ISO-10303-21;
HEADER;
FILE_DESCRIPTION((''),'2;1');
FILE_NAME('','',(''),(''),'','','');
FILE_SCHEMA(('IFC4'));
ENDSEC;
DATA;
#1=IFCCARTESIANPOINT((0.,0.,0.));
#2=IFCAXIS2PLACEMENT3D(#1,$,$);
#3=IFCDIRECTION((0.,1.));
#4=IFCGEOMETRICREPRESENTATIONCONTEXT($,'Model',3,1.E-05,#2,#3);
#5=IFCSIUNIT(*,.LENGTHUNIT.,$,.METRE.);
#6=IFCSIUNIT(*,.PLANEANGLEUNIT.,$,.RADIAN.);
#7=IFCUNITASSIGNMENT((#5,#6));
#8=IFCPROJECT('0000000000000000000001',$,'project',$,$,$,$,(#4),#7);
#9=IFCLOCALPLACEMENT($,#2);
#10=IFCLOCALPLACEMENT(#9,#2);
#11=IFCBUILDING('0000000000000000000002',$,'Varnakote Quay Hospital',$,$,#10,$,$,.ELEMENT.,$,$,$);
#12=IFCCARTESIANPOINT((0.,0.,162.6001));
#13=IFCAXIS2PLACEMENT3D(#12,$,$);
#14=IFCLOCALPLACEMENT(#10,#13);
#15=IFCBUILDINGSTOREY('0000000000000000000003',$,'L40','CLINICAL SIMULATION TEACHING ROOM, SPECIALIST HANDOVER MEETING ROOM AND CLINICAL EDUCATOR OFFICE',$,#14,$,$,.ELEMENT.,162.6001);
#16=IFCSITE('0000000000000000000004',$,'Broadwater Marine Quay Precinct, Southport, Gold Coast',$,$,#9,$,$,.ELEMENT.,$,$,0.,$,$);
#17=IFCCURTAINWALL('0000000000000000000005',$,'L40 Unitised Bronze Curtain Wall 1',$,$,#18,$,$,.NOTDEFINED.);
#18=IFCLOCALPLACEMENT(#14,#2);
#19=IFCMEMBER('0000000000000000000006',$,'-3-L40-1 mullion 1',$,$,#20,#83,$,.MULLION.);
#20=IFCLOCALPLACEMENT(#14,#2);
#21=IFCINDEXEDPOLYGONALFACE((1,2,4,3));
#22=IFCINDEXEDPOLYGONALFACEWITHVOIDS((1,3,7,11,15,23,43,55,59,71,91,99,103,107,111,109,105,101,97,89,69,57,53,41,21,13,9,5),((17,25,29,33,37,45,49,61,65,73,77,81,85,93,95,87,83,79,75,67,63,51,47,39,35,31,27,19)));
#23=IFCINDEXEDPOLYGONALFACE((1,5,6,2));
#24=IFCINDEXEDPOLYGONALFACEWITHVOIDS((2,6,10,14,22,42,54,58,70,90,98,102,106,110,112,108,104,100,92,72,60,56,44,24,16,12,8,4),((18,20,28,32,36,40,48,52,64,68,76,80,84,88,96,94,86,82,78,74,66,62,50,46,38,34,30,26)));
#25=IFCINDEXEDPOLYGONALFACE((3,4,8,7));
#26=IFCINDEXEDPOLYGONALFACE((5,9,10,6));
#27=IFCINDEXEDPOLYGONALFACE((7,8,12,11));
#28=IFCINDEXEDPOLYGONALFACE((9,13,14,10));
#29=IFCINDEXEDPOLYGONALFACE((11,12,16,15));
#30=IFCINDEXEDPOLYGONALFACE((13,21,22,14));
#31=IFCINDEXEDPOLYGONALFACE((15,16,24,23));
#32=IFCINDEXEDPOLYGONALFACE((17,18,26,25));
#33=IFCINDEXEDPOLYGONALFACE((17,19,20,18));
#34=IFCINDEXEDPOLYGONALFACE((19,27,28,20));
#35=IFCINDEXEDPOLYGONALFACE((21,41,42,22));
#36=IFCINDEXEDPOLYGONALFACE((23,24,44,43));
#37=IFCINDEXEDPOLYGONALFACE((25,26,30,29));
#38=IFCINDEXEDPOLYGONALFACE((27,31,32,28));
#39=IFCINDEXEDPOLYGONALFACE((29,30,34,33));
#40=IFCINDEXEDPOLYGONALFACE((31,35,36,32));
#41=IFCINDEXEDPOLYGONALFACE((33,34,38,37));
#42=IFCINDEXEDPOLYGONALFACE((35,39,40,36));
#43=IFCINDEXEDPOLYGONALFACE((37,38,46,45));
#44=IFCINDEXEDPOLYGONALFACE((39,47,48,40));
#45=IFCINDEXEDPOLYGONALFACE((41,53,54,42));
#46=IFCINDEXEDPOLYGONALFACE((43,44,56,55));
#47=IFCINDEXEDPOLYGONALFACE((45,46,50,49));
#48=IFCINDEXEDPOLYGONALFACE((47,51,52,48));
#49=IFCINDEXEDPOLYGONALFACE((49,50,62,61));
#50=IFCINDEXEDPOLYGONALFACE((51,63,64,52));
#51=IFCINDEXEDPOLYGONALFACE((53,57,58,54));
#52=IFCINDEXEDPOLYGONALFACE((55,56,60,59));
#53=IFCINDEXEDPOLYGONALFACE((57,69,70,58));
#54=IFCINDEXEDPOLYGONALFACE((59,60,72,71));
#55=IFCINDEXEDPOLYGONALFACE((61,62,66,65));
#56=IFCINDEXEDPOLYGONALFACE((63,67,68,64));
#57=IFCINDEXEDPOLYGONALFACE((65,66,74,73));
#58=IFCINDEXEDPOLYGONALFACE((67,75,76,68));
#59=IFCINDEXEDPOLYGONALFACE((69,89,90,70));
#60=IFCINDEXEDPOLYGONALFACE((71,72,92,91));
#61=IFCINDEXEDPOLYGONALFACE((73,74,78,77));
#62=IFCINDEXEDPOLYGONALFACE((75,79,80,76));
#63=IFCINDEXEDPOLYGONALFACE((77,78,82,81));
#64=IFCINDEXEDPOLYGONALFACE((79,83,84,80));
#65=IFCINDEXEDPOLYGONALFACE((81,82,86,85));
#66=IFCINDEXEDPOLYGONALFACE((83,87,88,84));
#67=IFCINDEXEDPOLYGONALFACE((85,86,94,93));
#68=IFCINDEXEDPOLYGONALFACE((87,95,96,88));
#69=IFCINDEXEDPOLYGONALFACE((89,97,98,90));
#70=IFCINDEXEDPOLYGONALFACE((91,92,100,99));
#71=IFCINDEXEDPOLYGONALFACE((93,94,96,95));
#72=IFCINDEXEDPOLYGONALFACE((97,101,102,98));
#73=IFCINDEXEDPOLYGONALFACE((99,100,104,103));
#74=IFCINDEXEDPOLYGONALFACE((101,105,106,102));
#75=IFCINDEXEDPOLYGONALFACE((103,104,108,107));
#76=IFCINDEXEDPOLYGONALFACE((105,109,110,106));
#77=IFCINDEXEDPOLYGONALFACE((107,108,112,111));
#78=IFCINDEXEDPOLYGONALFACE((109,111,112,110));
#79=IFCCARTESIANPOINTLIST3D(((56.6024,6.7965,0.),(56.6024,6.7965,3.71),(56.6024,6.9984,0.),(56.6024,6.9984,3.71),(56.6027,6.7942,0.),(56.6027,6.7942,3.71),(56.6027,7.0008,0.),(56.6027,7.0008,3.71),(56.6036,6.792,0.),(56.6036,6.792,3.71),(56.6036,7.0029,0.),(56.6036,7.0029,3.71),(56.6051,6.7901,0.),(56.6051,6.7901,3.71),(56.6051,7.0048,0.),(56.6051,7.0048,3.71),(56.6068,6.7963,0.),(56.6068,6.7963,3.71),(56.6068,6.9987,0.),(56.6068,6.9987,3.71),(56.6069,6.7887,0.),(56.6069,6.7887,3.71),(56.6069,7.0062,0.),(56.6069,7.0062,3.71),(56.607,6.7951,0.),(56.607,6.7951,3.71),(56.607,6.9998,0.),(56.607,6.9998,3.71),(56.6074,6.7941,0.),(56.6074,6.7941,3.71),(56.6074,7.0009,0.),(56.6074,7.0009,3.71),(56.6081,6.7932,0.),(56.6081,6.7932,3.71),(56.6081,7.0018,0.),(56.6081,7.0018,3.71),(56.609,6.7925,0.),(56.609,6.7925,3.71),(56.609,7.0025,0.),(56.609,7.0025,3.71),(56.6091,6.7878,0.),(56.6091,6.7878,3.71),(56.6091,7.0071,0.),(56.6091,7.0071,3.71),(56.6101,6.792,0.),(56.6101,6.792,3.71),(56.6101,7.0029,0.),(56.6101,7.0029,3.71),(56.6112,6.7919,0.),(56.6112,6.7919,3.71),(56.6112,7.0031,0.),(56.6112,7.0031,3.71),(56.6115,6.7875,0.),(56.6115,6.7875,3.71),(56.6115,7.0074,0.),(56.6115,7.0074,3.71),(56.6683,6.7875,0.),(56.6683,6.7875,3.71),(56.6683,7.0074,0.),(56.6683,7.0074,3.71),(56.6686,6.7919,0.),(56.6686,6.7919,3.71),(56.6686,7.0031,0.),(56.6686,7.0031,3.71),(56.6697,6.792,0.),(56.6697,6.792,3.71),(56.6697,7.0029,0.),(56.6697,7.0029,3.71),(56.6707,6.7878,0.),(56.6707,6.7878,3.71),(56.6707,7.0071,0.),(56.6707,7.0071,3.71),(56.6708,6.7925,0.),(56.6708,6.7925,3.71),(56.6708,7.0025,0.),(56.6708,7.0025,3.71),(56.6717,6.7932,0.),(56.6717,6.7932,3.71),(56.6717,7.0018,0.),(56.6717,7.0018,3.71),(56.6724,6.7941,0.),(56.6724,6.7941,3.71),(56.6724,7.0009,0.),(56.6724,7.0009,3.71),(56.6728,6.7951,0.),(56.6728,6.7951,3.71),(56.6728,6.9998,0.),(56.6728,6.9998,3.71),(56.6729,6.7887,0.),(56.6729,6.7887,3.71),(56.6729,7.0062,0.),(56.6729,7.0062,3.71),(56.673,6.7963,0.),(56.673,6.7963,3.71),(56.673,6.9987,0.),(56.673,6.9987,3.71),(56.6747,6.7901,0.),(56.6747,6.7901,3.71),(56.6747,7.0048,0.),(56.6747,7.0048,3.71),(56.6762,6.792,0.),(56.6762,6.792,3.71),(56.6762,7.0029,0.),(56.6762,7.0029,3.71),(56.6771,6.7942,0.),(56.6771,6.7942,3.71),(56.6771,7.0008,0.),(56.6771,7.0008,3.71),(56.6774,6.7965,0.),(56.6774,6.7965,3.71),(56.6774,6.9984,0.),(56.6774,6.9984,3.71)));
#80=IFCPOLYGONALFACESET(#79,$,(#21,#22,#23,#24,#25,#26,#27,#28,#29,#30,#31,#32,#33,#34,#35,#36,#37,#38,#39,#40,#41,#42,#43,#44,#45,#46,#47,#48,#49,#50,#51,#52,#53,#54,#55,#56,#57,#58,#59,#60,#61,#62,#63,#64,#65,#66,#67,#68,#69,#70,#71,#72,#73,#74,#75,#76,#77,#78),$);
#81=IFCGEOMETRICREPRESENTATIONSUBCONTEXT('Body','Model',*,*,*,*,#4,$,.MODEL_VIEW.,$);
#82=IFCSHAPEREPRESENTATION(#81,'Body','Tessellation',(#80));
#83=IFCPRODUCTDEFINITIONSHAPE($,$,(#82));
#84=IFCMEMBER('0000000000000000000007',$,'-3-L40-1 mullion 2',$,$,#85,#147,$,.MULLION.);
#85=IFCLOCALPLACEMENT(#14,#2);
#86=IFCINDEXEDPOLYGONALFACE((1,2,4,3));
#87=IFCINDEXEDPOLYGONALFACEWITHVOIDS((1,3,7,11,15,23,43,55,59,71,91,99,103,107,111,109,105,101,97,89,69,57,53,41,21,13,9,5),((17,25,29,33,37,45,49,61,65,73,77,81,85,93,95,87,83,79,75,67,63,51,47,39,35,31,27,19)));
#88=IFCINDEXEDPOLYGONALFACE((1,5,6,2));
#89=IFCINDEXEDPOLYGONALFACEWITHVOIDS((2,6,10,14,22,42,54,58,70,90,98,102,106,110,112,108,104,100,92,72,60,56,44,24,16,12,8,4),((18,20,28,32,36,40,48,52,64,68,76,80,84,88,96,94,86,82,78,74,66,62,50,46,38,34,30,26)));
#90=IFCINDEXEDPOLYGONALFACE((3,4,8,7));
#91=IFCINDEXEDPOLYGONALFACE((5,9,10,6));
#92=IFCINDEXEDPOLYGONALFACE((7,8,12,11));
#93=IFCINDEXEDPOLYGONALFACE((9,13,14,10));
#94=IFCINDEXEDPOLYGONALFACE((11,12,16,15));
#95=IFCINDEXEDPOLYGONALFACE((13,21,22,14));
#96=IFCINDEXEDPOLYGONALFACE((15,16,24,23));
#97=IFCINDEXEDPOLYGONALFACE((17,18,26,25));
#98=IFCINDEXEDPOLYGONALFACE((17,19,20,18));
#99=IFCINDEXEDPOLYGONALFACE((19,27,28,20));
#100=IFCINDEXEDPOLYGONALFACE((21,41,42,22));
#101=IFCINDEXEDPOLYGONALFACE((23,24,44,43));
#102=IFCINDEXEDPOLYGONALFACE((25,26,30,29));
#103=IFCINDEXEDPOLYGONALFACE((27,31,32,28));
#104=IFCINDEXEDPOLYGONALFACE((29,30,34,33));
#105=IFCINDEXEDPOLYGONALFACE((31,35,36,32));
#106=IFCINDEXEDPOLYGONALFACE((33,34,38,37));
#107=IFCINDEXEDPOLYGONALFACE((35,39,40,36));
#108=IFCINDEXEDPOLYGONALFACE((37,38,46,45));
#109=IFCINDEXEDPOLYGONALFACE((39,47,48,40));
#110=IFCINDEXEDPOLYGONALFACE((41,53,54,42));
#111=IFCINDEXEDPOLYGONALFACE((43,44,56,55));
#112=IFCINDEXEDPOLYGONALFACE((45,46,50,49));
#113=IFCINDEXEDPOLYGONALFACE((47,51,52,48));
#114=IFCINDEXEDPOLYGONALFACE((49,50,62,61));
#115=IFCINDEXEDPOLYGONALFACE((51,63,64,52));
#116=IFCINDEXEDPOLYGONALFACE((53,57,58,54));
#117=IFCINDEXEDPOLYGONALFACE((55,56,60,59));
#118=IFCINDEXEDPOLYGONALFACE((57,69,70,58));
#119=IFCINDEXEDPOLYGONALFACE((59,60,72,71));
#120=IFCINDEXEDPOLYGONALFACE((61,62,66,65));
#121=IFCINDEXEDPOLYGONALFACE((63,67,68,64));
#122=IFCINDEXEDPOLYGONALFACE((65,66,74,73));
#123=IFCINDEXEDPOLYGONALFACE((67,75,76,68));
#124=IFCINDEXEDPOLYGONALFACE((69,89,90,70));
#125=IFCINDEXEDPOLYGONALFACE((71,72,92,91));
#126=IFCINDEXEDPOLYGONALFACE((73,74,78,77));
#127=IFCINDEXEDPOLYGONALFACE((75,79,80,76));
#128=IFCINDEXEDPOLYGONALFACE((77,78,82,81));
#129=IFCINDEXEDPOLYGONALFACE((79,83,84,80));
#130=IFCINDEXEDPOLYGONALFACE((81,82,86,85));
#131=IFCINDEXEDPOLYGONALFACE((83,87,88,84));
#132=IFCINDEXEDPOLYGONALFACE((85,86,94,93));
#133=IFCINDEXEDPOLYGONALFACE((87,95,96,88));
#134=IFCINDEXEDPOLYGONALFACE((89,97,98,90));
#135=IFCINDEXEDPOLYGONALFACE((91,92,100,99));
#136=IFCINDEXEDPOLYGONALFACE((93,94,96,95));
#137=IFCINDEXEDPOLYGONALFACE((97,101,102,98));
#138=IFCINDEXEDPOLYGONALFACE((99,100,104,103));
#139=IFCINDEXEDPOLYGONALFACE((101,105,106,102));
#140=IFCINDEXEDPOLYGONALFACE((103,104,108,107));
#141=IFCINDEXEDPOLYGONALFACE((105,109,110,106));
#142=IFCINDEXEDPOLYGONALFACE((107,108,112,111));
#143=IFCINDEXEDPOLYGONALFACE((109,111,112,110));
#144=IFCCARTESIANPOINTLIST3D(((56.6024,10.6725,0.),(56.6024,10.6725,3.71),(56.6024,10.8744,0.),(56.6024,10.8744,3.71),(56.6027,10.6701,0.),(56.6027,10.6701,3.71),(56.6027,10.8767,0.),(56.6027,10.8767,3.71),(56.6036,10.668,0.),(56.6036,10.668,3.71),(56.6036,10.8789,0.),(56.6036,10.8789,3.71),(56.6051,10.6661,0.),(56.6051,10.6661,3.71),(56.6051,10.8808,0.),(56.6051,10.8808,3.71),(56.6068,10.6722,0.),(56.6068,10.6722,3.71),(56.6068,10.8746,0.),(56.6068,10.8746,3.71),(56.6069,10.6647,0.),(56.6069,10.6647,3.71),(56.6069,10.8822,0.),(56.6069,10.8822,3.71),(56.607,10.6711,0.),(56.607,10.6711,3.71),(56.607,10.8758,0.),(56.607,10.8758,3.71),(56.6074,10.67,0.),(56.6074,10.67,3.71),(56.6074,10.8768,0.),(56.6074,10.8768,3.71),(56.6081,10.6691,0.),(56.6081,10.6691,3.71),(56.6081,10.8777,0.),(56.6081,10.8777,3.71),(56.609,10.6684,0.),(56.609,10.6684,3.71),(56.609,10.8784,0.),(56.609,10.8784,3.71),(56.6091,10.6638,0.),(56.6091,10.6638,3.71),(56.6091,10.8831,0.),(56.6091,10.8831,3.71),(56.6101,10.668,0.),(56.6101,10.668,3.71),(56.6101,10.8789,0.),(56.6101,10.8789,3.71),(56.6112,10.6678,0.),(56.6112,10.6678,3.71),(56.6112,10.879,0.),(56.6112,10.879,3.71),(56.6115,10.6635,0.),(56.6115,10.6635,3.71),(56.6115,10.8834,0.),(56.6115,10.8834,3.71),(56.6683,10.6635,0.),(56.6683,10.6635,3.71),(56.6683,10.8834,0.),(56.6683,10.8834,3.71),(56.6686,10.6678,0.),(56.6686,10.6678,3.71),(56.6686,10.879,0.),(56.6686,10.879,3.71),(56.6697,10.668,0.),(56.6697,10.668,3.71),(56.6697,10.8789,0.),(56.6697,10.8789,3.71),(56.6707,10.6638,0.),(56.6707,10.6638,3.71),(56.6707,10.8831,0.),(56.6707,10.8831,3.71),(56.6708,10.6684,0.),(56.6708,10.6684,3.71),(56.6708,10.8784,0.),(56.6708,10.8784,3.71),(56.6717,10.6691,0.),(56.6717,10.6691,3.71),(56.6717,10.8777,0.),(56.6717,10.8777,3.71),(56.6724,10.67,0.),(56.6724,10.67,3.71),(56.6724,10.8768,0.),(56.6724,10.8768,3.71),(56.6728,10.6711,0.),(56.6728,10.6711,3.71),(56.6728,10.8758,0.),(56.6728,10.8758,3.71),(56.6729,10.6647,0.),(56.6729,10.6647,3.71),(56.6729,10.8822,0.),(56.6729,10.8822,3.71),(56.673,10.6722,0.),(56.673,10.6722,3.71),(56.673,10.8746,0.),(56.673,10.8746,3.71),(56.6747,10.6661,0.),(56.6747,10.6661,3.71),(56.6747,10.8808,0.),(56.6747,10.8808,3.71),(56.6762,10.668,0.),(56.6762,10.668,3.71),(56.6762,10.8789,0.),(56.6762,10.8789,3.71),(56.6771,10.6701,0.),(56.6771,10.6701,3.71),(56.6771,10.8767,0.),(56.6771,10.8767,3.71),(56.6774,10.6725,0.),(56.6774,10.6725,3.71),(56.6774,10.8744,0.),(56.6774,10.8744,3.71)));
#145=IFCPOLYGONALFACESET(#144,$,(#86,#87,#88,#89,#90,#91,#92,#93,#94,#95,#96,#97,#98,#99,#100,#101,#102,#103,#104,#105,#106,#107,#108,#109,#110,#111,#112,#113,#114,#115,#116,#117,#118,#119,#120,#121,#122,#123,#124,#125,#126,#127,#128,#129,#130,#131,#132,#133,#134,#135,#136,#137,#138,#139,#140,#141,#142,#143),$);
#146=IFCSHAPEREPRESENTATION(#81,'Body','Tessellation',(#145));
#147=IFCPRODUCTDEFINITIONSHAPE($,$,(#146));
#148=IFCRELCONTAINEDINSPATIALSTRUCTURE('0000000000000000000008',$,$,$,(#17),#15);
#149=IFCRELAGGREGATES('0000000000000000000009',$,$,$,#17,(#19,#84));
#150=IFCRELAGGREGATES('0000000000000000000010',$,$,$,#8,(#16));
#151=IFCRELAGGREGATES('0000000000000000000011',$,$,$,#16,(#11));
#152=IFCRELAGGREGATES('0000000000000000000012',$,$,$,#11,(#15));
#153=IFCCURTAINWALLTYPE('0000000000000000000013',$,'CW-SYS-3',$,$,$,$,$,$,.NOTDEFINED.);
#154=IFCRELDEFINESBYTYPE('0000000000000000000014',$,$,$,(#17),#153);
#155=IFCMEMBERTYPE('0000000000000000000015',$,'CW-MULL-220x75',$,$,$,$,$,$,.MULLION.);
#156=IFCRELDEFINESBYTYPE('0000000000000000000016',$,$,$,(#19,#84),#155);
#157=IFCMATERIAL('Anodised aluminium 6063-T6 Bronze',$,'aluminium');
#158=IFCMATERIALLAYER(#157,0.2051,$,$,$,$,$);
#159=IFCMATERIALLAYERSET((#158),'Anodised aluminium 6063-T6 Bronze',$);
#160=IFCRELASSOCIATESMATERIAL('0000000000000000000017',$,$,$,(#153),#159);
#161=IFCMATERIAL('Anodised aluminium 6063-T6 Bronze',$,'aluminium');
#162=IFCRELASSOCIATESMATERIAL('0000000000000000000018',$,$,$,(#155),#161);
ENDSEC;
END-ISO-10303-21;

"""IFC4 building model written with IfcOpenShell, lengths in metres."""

from ifc_helpers import new_model, si_unit, direction, frame, origin, origin_2d, place, context, subcontext, project, spatial, hollow_rectangle, extrude, material, layer, layer_set, material_profile, profile_set, type_object, element, aggregate, save


model = new_model("IFC4")

# Units and contexts
model_context = context("Model", 3, precision=1e-05, world=origin(), true_north=direction((0.0, 1.0)))
body_context = subcontext(model_context, "Body", "Model", "MODEL_VIEW")
ifc_project = project(units=[si_unit("LENGTHUNIT", "METRE"), si_unit("PLANEANGLEUNIT", "RADIAN")], contexts=[model_context])

# Site, building, storey
site_placement = place(None, origin())
site = spatial("IfcSite", under=ifc_project, at=site_placement, Name="Broadwater Marine Quay Precinct, Southport, Gold Coast", CompositionType="ELEMENT", RefElevation=0.0)
building_placement = place(site_placement, origin())
building = spatial("IfcBuilding", under=site, at=building_placement, Name="Varnakote Quay Hospital", CompositionType="ELEMENT")
storey_placement = place(building_placement, frame((0.0, 0.0, 162.6001)))
storey = spatial("IfcBuildingStorey", under=building, at=storey_placement, Name="L40", Description="CLINICAL SIMULATION TEACHING ROOM, SPECIALIST HANDOVER MEETING ROOM AND CLINICAL EDUCATOR OFFICE", CompositionType="ELEMENT", Elevation=162.6001)

# Curtain wall, members
ifc_material_1 = material(Name="Anodised aluminium 6063-T6 Bronze", Category="aluminium")
ifc_layer_1 = layer(ifc_material_1, 0.2051)
ifc_layer_set_1 = layer_set([ifc_layer_1], Name="Anodised aluminium 6063-T6 Bronze")
curtain_wall_type = type_object("IfcCurtainWallType", Name="CW-SYS-3", PredefinedType="NOTDEFINED", material=ifc_layer_set_1)
curtain_wall_placement = place(storey_placement, origin())
curtain_wall = element("IfcCurtainWall", 1, at=curtain_wall_placement, inside=storey, type_object=curtain_wall_type, Name="L40 Unitised Bronze Curtain Wall 1", PredefinedType="NOTDEFINED")
ifc_material_2 = material(Name="Anodised aluminium 6063-T6 Bronze", Category="aluminium")
ifc_material_profile_1 = material_profile(ifc_material_2, hollow_rectangle(XDim=0.075, YDim=0.22, WallThickness=0.0044, InnerFilletRadius=0.0044, OuterFilletRadius=0.009, at=origin_2d()), Name="CW-MULL-220x75")
ifc_profile_set_1 = profile_set([ifc_material_profile_1], Name="Anodised aluminium 6063-T6 Bronze")
member_type_1 = type_object("IfcMemberType", Name="CW-MULL-220x75", PredefinedType="MULLION", material=ifc_profile_set_1)
member_1_placement = place(storey_placement, frame((56.6399, 6.8975, 0.0), z_axis=(0.0, 0.0, 1.0), x_axis=(-1.0, 0.0, 0.0)))
member_1 = element("IfcMember", 2, at=member_1_placement, type_object=member_type_1, Name="-3-L40-1 mullion 1", PredefinedType="MULLION", context=body_context, shape_type="SweptSolid", body=[
    extrude(hollow_rectangle(XDim=0.075, YDim=0.22, WallThickness=0.0044, InnerFilletRadius=0.0044, OuterFilletRadius=0.009, at=origin_2d()), origin(), (0.0, 0.0, 1.0), 3.71),
])
member_2_placement = place(storey_placement, frame((56.6399, 10.7734, 0.0), z_axis=(0.0, 0.0, 1.0), x_axis=(-1.0, 0.0, 0.0)))
member_2 = element("IfcMember", 3, at=member_2_placement, type_object=member_type_1, Name="-3-L40-1 mullion 2", PredefinedType="MULLION", context=body_context, shape_type="SweptSolid", body=[
    extrude(hollow_rectangle(XDim=0.075, YDim=0.22, WallThickness=0.0044, InnerFilletRadius=0.0044, OuterFilletRadius=0.009, at=origin_2d()), origin(), (0.0, 0.0, 1.0), 3.71),
])
aggregate(curtain_wall, [member_1, member_2])

save(model, "model.ifc")
